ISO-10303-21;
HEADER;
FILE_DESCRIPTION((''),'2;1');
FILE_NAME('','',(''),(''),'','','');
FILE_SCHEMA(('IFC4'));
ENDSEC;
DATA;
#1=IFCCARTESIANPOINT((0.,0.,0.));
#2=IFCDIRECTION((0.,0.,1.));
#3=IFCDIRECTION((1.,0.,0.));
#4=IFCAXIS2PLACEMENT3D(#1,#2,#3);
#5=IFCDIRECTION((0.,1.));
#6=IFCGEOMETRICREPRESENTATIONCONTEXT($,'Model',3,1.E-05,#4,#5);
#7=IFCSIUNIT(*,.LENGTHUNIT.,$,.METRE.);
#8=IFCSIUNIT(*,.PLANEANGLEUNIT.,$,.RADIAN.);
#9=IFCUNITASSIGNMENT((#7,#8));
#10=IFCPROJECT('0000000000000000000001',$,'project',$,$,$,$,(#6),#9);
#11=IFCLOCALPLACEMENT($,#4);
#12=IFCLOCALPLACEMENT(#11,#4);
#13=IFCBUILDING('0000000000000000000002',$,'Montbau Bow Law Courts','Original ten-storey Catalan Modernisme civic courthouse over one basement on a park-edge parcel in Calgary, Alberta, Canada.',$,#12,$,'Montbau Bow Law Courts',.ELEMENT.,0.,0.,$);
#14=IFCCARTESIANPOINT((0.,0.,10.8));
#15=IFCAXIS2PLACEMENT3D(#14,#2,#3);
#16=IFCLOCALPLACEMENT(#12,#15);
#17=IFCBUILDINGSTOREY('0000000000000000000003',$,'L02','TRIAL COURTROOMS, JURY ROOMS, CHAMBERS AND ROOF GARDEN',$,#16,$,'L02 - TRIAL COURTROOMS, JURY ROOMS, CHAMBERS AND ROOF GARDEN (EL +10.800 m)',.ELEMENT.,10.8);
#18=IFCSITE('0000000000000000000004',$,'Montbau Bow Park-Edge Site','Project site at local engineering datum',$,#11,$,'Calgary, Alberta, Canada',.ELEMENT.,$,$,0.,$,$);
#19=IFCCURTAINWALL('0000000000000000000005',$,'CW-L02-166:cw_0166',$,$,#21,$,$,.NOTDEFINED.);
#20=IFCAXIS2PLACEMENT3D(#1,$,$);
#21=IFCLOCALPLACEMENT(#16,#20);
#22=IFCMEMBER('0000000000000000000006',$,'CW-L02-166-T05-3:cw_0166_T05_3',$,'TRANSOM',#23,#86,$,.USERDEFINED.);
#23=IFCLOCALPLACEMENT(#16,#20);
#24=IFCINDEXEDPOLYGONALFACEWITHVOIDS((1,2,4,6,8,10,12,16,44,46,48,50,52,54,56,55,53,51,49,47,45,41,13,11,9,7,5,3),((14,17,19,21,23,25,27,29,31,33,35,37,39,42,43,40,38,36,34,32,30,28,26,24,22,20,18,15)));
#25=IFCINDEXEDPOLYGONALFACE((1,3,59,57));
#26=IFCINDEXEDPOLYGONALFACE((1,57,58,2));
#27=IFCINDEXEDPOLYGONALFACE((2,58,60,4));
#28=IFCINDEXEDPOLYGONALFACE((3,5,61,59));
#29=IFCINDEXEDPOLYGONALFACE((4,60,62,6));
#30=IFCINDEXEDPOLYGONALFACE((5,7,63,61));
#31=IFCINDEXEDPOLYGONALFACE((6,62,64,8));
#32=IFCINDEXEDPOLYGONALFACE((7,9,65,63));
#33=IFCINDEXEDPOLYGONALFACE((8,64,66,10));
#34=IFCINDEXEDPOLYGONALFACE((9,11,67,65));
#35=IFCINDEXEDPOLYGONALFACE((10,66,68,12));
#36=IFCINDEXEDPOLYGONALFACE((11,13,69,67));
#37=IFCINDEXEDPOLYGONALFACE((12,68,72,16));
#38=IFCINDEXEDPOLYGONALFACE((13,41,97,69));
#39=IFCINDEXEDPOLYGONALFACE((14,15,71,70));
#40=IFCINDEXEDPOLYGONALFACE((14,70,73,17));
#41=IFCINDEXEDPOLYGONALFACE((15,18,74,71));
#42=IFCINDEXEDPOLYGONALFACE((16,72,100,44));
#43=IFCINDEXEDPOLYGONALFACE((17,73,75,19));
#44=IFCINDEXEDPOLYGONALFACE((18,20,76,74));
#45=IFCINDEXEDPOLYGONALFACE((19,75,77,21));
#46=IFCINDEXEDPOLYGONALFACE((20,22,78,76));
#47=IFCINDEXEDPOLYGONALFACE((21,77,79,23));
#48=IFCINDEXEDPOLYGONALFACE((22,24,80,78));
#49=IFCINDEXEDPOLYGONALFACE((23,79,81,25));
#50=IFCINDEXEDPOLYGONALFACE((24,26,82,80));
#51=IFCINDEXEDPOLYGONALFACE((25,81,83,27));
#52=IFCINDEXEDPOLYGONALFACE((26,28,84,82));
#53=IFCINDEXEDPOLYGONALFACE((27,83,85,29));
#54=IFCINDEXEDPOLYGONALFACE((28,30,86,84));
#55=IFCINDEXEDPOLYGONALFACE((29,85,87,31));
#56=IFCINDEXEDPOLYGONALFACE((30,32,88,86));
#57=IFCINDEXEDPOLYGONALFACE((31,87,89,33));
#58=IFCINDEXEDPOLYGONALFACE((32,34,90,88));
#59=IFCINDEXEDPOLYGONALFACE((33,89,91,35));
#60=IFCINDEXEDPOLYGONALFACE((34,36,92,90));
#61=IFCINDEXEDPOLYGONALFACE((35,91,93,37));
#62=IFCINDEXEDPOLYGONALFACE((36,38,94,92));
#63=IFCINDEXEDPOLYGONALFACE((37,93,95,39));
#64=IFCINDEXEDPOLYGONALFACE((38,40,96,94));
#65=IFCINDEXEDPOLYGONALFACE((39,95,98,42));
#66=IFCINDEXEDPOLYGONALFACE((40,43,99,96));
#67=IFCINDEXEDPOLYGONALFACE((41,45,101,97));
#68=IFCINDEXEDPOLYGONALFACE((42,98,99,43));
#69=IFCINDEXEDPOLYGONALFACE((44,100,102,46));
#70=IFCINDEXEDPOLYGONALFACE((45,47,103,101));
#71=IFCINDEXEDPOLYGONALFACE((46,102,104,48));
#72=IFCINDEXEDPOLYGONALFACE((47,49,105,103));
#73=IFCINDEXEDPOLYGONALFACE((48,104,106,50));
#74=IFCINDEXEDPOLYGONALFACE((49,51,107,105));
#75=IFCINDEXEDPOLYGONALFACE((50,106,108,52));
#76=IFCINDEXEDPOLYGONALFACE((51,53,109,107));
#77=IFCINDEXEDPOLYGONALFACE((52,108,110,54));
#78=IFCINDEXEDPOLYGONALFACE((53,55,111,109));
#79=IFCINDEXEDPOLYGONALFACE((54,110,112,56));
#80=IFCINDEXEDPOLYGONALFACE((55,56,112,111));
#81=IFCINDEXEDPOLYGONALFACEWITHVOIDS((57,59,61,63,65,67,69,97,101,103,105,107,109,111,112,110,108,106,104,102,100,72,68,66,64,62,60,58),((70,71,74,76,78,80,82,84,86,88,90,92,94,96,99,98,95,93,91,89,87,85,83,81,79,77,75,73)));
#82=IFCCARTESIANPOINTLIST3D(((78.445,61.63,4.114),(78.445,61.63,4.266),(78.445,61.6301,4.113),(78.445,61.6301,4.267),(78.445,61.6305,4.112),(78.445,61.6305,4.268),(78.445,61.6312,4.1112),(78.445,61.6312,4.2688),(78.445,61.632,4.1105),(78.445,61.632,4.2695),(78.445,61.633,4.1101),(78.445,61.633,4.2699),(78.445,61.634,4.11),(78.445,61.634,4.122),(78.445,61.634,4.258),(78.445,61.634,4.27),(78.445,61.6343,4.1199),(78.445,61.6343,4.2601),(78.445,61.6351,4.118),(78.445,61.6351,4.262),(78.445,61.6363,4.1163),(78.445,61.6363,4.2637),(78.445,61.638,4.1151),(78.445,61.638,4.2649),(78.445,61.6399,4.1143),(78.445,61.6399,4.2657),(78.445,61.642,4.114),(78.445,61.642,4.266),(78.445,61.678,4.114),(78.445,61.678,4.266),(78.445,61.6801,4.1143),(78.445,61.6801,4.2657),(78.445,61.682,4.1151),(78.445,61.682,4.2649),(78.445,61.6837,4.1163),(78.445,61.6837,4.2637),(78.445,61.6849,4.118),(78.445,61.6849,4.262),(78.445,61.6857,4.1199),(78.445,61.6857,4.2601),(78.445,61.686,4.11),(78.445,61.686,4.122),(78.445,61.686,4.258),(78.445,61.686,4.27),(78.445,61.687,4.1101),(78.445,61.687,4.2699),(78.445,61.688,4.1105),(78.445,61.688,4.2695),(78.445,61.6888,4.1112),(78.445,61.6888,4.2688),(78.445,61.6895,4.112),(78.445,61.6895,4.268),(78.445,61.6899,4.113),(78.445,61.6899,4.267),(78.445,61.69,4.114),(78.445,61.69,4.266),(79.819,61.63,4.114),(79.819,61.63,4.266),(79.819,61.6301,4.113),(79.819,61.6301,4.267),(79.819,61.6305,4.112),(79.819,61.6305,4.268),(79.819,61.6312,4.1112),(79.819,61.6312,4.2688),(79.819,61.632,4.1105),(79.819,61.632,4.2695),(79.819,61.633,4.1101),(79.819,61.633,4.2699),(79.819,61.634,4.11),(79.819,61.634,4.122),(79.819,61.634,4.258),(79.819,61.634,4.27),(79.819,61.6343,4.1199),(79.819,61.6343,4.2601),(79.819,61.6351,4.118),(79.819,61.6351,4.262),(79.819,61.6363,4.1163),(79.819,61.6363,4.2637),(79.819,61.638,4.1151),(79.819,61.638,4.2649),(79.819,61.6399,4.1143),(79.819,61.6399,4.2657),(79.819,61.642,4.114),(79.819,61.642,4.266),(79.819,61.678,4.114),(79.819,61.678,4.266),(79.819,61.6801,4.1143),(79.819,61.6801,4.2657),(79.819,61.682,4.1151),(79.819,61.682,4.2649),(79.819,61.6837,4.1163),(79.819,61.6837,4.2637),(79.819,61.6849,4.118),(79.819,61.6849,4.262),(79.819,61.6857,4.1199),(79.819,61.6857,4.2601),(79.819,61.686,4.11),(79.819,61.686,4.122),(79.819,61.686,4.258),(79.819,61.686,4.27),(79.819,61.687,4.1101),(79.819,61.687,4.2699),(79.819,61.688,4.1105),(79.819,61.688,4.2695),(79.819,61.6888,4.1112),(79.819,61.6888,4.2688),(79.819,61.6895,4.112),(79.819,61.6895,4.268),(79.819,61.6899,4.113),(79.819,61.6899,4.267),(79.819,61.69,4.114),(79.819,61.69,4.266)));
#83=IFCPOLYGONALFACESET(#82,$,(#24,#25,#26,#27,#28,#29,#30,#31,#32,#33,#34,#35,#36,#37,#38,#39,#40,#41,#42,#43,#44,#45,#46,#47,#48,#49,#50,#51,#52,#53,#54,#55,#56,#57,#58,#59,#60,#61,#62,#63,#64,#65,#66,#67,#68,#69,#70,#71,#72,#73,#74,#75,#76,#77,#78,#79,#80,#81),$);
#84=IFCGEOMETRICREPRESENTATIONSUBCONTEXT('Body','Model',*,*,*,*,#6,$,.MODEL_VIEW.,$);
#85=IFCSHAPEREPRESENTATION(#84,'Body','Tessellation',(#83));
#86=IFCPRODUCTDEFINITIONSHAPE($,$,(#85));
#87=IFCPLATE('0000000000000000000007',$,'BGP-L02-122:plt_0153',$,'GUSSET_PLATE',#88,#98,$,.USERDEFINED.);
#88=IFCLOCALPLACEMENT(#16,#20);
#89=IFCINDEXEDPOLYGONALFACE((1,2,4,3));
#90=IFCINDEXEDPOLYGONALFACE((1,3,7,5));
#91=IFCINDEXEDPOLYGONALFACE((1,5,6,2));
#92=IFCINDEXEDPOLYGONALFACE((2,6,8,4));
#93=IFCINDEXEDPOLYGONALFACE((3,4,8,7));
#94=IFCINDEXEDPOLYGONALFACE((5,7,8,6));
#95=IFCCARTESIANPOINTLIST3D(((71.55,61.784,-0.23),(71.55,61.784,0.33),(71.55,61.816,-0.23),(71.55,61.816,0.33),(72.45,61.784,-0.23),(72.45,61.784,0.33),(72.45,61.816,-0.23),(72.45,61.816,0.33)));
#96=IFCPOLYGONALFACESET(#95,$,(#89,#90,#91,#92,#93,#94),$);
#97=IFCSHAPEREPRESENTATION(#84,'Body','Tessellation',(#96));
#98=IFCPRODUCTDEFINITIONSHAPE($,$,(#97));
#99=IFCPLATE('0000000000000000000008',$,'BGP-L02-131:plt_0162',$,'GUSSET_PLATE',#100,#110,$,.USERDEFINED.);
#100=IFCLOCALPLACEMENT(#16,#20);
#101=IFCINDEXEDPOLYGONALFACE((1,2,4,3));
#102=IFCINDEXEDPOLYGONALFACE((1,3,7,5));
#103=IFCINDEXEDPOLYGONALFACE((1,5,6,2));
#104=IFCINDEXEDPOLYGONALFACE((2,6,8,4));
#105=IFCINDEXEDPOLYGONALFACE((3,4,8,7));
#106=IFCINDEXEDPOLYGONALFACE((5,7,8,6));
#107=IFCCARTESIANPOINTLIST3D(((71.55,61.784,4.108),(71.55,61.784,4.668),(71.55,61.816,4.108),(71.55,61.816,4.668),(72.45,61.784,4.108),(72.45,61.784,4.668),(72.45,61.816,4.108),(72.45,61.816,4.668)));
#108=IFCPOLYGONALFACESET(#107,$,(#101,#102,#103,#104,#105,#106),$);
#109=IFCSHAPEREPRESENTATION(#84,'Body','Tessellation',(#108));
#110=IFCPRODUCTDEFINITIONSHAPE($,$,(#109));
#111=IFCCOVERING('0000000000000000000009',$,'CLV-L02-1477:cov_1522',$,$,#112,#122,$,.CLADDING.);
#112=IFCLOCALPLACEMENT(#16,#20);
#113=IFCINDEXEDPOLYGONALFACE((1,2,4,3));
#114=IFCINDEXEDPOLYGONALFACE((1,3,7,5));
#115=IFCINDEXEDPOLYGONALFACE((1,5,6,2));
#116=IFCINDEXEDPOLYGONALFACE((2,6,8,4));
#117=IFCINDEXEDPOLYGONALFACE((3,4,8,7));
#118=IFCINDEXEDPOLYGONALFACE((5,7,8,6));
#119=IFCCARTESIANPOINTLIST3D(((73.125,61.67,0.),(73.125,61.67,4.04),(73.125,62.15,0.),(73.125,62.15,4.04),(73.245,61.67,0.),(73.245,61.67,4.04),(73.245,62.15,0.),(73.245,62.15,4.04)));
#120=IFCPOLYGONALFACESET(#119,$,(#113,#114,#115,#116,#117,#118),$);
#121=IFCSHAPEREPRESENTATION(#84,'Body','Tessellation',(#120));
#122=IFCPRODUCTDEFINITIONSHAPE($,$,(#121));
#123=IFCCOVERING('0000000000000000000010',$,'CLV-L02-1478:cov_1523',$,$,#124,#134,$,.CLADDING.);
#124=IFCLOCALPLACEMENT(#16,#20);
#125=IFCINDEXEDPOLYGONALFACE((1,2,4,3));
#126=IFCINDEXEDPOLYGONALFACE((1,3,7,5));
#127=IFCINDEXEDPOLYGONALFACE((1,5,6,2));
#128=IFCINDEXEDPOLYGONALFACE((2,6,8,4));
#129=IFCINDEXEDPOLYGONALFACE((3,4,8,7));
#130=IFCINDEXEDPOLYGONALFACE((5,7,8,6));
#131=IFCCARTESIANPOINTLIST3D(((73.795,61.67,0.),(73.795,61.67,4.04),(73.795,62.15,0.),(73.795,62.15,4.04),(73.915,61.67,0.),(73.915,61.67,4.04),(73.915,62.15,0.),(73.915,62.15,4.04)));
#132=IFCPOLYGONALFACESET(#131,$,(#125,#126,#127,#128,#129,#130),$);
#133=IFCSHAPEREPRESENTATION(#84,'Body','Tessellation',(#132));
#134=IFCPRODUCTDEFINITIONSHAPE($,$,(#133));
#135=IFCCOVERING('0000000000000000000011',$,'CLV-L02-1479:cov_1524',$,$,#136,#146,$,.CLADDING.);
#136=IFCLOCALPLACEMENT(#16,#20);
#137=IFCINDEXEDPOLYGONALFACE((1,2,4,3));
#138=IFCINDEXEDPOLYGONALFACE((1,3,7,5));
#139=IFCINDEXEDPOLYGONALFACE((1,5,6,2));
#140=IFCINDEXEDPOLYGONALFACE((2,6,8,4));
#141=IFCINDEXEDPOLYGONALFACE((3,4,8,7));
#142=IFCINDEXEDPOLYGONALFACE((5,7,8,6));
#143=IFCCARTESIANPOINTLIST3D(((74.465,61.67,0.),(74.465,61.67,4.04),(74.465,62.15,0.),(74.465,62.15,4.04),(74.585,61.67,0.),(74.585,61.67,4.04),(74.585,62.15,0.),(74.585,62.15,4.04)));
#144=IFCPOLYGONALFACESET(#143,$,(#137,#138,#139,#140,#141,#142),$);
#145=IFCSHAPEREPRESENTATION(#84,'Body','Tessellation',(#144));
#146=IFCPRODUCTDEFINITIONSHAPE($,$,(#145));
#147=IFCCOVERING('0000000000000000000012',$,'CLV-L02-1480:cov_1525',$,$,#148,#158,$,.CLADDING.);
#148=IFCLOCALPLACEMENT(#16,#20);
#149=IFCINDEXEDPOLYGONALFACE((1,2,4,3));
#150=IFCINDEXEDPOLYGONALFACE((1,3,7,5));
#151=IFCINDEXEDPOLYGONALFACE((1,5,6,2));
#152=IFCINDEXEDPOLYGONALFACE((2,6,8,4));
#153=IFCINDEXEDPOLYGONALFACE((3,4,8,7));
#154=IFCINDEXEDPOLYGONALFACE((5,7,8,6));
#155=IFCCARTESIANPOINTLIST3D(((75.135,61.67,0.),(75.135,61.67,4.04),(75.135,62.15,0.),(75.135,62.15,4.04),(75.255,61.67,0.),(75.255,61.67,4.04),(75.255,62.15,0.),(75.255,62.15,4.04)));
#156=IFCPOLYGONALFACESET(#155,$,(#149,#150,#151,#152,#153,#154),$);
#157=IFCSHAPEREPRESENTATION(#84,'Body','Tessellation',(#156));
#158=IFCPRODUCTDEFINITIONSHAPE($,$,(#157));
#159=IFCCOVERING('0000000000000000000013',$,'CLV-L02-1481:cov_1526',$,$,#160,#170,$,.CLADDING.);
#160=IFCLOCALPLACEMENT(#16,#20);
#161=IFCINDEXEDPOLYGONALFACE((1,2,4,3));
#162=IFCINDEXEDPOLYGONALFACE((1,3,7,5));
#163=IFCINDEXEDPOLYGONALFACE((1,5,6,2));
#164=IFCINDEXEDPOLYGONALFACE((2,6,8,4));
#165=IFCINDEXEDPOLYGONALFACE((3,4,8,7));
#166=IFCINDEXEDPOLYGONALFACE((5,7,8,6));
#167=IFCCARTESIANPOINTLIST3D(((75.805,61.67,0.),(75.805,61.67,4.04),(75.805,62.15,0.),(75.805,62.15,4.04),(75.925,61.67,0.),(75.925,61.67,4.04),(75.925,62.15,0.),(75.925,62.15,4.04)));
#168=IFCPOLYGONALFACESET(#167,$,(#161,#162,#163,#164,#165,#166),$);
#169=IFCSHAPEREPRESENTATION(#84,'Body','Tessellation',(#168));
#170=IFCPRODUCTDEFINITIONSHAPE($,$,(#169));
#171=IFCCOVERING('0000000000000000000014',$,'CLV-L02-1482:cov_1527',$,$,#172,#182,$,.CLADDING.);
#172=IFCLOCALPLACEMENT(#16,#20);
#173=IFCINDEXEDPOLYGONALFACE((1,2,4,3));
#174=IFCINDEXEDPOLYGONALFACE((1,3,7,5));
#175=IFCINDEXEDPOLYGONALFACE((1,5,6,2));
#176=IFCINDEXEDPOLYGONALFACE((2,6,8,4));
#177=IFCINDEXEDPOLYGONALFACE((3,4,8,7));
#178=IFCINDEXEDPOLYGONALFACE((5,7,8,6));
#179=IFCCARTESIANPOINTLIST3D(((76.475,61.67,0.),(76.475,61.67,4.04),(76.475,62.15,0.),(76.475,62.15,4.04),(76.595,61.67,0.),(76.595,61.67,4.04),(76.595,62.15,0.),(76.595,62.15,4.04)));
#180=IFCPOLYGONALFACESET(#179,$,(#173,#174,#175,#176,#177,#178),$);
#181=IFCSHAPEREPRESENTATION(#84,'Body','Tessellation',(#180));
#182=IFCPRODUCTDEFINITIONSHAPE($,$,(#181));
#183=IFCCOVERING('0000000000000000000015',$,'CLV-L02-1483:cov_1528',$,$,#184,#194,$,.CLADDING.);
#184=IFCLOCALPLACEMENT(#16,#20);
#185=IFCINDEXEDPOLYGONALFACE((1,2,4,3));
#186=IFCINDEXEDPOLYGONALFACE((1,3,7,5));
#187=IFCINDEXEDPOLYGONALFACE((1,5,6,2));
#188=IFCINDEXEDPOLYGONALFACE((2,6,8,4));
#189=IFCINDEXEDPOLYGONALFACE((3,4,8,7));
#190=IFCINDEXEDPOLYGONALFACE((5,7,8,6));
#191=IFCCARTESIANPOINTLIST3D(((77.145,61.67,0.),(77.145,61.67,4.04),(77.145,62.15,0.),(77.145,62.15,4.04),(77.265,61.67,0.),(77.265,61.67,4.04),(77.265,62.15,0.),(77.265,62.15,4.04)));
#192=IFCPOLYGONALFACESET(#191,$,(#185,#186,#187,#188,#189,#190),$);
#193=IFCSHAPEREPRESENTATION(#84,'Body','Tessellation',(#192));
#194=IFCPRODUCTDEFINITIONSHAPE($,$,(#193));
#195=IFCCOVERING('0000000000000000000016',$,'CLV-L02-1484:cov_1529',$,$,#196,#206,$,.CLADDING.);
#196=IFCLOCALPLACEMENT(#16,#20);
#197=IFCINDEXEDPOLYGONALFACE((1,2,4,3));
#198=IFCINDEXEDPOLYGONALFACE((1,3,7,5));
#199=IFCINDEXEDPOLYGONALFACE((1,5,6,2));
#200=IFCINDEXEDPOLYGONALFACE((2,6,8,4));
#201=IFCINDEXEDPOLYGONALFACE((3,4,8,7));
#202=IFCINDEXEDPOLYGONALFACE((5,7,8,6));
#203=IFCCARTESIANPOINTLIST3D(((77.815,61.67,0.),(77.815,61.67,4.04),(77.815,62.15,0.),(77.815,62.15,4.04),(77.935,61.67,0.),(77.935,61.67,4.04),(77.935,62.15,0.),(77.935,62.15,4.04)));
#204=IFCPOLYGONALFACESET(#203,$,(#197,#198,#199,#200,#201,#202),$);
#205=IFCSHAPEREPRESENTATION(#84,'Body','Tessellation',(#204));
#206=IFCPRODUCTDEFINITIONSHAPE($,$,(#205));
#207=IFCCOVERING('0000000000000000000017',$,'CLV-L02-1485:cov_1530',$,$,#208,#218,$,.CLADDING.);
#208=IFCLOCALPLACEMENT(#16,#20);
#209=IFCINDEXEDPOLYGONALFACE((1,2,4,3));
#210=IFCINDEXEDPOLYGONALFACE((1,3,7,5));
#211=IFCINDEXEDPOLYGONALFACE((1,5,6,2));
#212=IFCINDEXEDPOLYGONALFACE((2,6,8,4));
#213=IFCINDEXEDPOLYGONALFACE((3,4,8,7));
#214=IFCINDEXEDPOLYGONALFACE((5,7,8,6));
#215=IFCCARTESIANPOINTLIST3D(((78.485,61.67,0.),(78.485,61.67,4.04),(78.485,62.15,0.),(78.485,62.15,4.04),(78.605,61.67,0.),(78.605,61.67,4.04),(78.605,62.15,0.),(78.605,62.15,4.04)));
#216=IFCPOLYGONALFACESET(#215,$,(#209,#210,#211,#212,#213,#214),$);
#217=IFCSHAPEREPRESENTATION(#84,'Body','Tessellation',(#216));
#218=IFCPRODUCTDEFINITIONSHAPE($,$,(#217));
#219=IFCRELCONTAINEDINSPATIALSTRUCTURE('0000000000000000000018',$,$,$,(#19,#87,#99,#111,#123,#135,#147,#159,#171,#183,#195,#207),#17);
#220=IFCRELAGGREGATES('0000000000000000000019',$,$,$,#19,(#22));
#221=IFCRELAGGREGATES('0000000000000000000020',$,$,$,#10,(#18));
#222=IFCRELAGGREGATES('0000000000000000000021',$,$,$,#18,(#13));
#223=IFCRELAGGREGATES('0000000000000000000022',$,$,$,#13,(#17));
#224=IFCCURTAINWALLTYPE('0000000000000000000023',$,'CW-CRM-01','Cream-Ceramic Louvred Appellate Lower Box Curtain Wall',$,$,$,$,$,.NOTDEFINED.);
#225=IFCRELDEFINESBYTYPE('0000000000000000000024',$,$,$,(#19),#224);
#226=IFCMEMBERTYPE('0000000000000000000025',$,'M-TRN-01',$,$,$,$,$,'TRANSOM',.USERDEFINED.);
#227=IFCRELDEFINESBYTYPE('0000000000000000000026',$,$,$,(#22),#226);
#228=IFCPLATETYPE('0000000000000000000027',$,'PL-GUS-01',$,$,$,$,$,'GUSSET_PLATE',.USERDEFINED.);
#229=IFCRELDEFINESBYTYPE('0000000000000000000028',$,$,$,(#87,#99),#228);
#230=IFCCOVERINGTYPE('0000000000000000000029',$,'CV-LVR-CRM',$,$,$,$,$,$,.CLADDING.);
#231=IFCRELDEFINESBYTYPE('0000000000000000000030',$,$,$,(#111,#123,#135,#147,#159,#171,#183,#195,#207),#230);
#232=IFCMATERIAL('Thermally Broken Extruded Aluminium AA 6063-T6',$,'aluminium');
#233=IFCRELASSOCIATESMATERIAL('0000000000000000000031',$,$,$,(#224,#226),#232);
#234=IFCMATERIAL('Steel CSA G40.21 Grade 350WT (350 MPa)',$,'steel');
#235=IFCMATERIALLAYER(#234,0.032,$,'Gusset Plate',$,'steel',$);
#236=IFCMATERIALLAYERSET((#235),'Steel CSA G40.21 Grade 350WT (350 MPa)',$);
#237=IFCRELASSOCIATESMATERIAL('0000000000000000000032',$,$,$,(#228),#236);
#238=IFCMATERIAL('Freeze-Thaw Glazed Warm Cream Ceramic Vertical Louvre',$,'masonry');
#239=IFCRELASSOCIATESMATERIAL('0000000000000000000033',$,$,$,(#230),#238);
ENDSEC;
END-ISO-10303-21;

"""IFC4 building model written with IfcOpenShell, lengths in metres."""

from ifc_helpers import new_model, si_unit, direction, frame, frame_2d, origin_with_axes, origin_2d_with_axis, place, context, subcontext, project, spatial, rectangle, hollow_rectangle, extrude, material, layer, layer_set, material_profile, profile_set, type_object, element, aggregate, save


model = new_model("IFC4")

# Units and contexts
model_context = context("Model", 3, precision=1e-05, world=origin_with_axes(), true_north=direction((0.0, 1.0)))
body_context = subcontext(model_context, "Body", "Model", "MODEL_VIEW")
ifc_project = project(units=[si_unit("LENGTHUNIT", "METRE"), si_unit("PLANEANGLEUNIT", "RADIAN")], contexts=[model_context])

# Site, building, storey
site_placement = place(None, origin_with_axes())
site = spatial("IfcSite", under=ifc_project, at=site_placement, Name="Montbau Bow Park-Edge Site", Description="Project site at local engineering datum", LongName="Calgary, Alberta, Canada", CompositionType="ELEMENT", RefElevation=0.0)
building_placement = place(site_placement, origin_with_axes())
building = spatial("IfcBuilding", under=site, at=building_placement, Name="Montbau Bow Law Courts", Description="Original ten-storey Catalan Modernisme civic courthouse over one basement on a park-edge parcel in Calgary, Alberta, Canada.", LongName="Montbau Bow Law Courts", CompositionType="ELEMENT", ElevationOfRefHeight=0.0, ElevationOfTerrain=0.0)
storey_placement = place(building_placement, frame((0.0, 0.0, 10.8), z_axis=(0.0, 0.0, 1.0), x_axis=(1.0, 0.0, 0.0)))
storey = spatial("IfcBuildingStorey", under=building, at=storey_placement, Name="L02", Description="TRIAL COURTROOMS, JURY ROOMS, CHAMBERS AND ROOF GARDEN", LongName="L02 - TRIAL COURTROOMS, JURY ROOMS, CHAMBERS AND ROOF GARDEN (EL +10.800 m)", CompositionType="ELEMENT", Elevation=10.8)

# Shared definitions
ifc_material_1 = material(Name="Steel CSA G40.21 Grade 350WT (350 MPa)", Category="steel")

# Curtain wall, member
ifc_material_2 = material(Name="Thermally Broken Extruded Aluminium AA 6063-T6", Category="aluminium")
curtain_wall_type = type_object("IfcCurtainWallType", Name="CW-CRM-01", Description="Cream-Ceramic Louvred Appellate Lower Box Curtain Wall", PredefinedType="NOTDEFINED", material=ifc_material_2)
curtain_wall_placement = place(None, frame((72.515, 61.66, 10.8), z_axis=(0.0, 0.0, 1.0), x_axis=(1.0, 0.0, 0.0)))
curtain_wall = element("IfcCurtainWall", 1, at=curtain_wall_placement, inside=storey, type_object=curtain_wall_type, Name="CW-L02-166:cw_0166", PredefinedType="NOTDEFINED")
ifc_material_profile_1 = material_profile(ifc_material_2, hollow_rectangle(XDim=0.06, YDim=0.16, WallThickness=0.004, InnerFilletRadius=0.008, OuterFilletRadius=0.004, at=origin_2d_with_axis()), Name="CWT-160X60", Category="Main", Priority=0)
ifc_profile_set_1 = profile_set([ifc_material_profile_1], Name="Thermally Broken Extruded Aluminium AA 6063-T6")
member_type_1 = type_object("IfcMemberType", Name="M-TRN-01", ElementType="TRANSOM", PredefinedType="USERDEFINED", material=ifc_profile_set_1)
member_1_placement = place(None, frame((78.445, 61.66, 14.99), z_axis=(1.0, 0.0, 0.0), x_axis=(0.0, 1.0, 0.0)))
member_1 = element("IfcMember", 2, at=member_1_placement, type_object=member_type_1, Name="CW-L02-166-T05-3:cw_0166_T05_3", ObjectType="TRANSOM", PredefinedType="USERDEFINED", context=body_context, shape_type="SweptSolid", body=[
    extrude(hollow_rectangle(XDim=0.06, YDim=0.16, WallThickness=0.004, InnerFilletRadius=0.008, OuterFilletRadius=0.004, at=origin_2d_with_axis()), origin_with_axes(), (0.0, 0.0, 1.0), 1.374),
])
aggregate(curtain_wall, [member_1])

# Plates
ifc_layer = layer(ifc_material_1, 0.032, Name="Gusset Plate", Category="steel")
ifc_layer_set = layer_set([ifc_layer], Name="Steel CSA G40.21 Grade 350WT (350 MPa)")
plate_type = type_object("IfcPlateType", Name="PL-GUS-01", ElementType="GUSSET_PLATE", PredefinedType="USERDEFINED", material=ifc_layer_set)
for number, where, z_axis, x_axis, name in (
    (3, (72.0, 61.8, 10.57), (0.0, 0.0, 1.0), (1.0, 0.0, 0.0), "BGP-L02-122:plt_0153"),
    (4, (72.0, 61.8, 14.908), (0.0, 0.0, 1.0), (1.0, 0.0, 0.0), "BGP-L02-131:plt_0162"),
):
    element("IfcPlate", number, at=place(None, frame(where, z_axis=z_axis, x_axis=x_axis)), inside=storey, type_object=plate_type, Name=name, ObjectType="GUSSET_PLATE", PredefinedType="USERDEFINED", context=body_context, shape_type="SweptSolid", body=[
        extrude(rectangle(XDim=0.9, YDim=0.032, at=origin_2d_with_axis()), origin_with_axes(), (0.0, 0.0, 1.0), 0.56),
    ])

# Coverings
ifc_material_3 = material(Name="Freeze-Thaw Glazed Warm Cream Ceramic Vertical Louvre", Category="masonry")
covering_type = type_object("IfcCoveringType", Name="CV-LVR-CRM", PredefinedType="CLADDING", material=ifc_material_3)
for number, where, z_axis, x_axis, name in (
    (5, (73.185, 61.67, 10.8), (1.0, 0.0, 0.0), (0.0, 1.0, 0.0), "CLV-L02-1477:cov_1522"),
    (6, (73.855, 61.67, 10.8), (1.0, 0.0, 0.0), (0.0, 1.0, 0.0), "CLV-L02-1478:cov_1523"),
    (7, (74.525, 61.67, 10.8), (1.0, 0.0, 0.0), (0.0, 1.0, 0.0), "CLV-L02-1479:cov_1524"),
    (8, (75.195, 61.67, 10.8), (1.0, 0.0, 0.0), (0.0, 1.0, 0.0), "CLV-L02-1480:cov_1525"),
    (9, (75.865, 61.67, 10.8), (1.0, 0.0, 0.0), (0.0, 1.0, 0.0), "CLV-L02-1481:cov_1526"),
    (10, (76.535, 61.67, 10.8), (1.0, 0.0, 0.0), (0.0, 1.0, 0.0), "CLV-L02-1482:cov_1527"),
    (11, (77.205, 61.67, 10.8), (1.0, 0.0, 0.0), (0.0, 1.0, 0.0), "CLV-L02-1483:cov_1528"),
    (12, (77.875, 61.67, 10.8), (1.0, 0.0, 0.0), (0.0, 1.0, 0.0), "CLV-L02-1484:cov_1529"),
    (13, (78.545, 61.67, 10.8), (1.0, 0.0, 0.0), (0.0, 1.0, 0.0), "CLV-L02-1485:cov_1530"),
):
    element("IfcCovering", number, at=place(None, frame(where, z_axis=z_axis, x_axis=x_axis)), inside=storey, type_object=covering_type, Name=name, PredefinedType="CLADDING", context=body_context, shape_type="SweptSolid", body=[
        extrude(rectangle(XDim=0.48, YDim=4.04, at=frame_2d((0.24, 2.02), x_axis=(1.0, 0.0))), frame((0.0, 0.0, -0.06), z_axis=(0.0, 0.0, 1.0), x_axis=(1.0, 0.0, 0.0)), (0.0, 0.0, 1.0), 0.12),
    ])

save(model, "model.ifc")
